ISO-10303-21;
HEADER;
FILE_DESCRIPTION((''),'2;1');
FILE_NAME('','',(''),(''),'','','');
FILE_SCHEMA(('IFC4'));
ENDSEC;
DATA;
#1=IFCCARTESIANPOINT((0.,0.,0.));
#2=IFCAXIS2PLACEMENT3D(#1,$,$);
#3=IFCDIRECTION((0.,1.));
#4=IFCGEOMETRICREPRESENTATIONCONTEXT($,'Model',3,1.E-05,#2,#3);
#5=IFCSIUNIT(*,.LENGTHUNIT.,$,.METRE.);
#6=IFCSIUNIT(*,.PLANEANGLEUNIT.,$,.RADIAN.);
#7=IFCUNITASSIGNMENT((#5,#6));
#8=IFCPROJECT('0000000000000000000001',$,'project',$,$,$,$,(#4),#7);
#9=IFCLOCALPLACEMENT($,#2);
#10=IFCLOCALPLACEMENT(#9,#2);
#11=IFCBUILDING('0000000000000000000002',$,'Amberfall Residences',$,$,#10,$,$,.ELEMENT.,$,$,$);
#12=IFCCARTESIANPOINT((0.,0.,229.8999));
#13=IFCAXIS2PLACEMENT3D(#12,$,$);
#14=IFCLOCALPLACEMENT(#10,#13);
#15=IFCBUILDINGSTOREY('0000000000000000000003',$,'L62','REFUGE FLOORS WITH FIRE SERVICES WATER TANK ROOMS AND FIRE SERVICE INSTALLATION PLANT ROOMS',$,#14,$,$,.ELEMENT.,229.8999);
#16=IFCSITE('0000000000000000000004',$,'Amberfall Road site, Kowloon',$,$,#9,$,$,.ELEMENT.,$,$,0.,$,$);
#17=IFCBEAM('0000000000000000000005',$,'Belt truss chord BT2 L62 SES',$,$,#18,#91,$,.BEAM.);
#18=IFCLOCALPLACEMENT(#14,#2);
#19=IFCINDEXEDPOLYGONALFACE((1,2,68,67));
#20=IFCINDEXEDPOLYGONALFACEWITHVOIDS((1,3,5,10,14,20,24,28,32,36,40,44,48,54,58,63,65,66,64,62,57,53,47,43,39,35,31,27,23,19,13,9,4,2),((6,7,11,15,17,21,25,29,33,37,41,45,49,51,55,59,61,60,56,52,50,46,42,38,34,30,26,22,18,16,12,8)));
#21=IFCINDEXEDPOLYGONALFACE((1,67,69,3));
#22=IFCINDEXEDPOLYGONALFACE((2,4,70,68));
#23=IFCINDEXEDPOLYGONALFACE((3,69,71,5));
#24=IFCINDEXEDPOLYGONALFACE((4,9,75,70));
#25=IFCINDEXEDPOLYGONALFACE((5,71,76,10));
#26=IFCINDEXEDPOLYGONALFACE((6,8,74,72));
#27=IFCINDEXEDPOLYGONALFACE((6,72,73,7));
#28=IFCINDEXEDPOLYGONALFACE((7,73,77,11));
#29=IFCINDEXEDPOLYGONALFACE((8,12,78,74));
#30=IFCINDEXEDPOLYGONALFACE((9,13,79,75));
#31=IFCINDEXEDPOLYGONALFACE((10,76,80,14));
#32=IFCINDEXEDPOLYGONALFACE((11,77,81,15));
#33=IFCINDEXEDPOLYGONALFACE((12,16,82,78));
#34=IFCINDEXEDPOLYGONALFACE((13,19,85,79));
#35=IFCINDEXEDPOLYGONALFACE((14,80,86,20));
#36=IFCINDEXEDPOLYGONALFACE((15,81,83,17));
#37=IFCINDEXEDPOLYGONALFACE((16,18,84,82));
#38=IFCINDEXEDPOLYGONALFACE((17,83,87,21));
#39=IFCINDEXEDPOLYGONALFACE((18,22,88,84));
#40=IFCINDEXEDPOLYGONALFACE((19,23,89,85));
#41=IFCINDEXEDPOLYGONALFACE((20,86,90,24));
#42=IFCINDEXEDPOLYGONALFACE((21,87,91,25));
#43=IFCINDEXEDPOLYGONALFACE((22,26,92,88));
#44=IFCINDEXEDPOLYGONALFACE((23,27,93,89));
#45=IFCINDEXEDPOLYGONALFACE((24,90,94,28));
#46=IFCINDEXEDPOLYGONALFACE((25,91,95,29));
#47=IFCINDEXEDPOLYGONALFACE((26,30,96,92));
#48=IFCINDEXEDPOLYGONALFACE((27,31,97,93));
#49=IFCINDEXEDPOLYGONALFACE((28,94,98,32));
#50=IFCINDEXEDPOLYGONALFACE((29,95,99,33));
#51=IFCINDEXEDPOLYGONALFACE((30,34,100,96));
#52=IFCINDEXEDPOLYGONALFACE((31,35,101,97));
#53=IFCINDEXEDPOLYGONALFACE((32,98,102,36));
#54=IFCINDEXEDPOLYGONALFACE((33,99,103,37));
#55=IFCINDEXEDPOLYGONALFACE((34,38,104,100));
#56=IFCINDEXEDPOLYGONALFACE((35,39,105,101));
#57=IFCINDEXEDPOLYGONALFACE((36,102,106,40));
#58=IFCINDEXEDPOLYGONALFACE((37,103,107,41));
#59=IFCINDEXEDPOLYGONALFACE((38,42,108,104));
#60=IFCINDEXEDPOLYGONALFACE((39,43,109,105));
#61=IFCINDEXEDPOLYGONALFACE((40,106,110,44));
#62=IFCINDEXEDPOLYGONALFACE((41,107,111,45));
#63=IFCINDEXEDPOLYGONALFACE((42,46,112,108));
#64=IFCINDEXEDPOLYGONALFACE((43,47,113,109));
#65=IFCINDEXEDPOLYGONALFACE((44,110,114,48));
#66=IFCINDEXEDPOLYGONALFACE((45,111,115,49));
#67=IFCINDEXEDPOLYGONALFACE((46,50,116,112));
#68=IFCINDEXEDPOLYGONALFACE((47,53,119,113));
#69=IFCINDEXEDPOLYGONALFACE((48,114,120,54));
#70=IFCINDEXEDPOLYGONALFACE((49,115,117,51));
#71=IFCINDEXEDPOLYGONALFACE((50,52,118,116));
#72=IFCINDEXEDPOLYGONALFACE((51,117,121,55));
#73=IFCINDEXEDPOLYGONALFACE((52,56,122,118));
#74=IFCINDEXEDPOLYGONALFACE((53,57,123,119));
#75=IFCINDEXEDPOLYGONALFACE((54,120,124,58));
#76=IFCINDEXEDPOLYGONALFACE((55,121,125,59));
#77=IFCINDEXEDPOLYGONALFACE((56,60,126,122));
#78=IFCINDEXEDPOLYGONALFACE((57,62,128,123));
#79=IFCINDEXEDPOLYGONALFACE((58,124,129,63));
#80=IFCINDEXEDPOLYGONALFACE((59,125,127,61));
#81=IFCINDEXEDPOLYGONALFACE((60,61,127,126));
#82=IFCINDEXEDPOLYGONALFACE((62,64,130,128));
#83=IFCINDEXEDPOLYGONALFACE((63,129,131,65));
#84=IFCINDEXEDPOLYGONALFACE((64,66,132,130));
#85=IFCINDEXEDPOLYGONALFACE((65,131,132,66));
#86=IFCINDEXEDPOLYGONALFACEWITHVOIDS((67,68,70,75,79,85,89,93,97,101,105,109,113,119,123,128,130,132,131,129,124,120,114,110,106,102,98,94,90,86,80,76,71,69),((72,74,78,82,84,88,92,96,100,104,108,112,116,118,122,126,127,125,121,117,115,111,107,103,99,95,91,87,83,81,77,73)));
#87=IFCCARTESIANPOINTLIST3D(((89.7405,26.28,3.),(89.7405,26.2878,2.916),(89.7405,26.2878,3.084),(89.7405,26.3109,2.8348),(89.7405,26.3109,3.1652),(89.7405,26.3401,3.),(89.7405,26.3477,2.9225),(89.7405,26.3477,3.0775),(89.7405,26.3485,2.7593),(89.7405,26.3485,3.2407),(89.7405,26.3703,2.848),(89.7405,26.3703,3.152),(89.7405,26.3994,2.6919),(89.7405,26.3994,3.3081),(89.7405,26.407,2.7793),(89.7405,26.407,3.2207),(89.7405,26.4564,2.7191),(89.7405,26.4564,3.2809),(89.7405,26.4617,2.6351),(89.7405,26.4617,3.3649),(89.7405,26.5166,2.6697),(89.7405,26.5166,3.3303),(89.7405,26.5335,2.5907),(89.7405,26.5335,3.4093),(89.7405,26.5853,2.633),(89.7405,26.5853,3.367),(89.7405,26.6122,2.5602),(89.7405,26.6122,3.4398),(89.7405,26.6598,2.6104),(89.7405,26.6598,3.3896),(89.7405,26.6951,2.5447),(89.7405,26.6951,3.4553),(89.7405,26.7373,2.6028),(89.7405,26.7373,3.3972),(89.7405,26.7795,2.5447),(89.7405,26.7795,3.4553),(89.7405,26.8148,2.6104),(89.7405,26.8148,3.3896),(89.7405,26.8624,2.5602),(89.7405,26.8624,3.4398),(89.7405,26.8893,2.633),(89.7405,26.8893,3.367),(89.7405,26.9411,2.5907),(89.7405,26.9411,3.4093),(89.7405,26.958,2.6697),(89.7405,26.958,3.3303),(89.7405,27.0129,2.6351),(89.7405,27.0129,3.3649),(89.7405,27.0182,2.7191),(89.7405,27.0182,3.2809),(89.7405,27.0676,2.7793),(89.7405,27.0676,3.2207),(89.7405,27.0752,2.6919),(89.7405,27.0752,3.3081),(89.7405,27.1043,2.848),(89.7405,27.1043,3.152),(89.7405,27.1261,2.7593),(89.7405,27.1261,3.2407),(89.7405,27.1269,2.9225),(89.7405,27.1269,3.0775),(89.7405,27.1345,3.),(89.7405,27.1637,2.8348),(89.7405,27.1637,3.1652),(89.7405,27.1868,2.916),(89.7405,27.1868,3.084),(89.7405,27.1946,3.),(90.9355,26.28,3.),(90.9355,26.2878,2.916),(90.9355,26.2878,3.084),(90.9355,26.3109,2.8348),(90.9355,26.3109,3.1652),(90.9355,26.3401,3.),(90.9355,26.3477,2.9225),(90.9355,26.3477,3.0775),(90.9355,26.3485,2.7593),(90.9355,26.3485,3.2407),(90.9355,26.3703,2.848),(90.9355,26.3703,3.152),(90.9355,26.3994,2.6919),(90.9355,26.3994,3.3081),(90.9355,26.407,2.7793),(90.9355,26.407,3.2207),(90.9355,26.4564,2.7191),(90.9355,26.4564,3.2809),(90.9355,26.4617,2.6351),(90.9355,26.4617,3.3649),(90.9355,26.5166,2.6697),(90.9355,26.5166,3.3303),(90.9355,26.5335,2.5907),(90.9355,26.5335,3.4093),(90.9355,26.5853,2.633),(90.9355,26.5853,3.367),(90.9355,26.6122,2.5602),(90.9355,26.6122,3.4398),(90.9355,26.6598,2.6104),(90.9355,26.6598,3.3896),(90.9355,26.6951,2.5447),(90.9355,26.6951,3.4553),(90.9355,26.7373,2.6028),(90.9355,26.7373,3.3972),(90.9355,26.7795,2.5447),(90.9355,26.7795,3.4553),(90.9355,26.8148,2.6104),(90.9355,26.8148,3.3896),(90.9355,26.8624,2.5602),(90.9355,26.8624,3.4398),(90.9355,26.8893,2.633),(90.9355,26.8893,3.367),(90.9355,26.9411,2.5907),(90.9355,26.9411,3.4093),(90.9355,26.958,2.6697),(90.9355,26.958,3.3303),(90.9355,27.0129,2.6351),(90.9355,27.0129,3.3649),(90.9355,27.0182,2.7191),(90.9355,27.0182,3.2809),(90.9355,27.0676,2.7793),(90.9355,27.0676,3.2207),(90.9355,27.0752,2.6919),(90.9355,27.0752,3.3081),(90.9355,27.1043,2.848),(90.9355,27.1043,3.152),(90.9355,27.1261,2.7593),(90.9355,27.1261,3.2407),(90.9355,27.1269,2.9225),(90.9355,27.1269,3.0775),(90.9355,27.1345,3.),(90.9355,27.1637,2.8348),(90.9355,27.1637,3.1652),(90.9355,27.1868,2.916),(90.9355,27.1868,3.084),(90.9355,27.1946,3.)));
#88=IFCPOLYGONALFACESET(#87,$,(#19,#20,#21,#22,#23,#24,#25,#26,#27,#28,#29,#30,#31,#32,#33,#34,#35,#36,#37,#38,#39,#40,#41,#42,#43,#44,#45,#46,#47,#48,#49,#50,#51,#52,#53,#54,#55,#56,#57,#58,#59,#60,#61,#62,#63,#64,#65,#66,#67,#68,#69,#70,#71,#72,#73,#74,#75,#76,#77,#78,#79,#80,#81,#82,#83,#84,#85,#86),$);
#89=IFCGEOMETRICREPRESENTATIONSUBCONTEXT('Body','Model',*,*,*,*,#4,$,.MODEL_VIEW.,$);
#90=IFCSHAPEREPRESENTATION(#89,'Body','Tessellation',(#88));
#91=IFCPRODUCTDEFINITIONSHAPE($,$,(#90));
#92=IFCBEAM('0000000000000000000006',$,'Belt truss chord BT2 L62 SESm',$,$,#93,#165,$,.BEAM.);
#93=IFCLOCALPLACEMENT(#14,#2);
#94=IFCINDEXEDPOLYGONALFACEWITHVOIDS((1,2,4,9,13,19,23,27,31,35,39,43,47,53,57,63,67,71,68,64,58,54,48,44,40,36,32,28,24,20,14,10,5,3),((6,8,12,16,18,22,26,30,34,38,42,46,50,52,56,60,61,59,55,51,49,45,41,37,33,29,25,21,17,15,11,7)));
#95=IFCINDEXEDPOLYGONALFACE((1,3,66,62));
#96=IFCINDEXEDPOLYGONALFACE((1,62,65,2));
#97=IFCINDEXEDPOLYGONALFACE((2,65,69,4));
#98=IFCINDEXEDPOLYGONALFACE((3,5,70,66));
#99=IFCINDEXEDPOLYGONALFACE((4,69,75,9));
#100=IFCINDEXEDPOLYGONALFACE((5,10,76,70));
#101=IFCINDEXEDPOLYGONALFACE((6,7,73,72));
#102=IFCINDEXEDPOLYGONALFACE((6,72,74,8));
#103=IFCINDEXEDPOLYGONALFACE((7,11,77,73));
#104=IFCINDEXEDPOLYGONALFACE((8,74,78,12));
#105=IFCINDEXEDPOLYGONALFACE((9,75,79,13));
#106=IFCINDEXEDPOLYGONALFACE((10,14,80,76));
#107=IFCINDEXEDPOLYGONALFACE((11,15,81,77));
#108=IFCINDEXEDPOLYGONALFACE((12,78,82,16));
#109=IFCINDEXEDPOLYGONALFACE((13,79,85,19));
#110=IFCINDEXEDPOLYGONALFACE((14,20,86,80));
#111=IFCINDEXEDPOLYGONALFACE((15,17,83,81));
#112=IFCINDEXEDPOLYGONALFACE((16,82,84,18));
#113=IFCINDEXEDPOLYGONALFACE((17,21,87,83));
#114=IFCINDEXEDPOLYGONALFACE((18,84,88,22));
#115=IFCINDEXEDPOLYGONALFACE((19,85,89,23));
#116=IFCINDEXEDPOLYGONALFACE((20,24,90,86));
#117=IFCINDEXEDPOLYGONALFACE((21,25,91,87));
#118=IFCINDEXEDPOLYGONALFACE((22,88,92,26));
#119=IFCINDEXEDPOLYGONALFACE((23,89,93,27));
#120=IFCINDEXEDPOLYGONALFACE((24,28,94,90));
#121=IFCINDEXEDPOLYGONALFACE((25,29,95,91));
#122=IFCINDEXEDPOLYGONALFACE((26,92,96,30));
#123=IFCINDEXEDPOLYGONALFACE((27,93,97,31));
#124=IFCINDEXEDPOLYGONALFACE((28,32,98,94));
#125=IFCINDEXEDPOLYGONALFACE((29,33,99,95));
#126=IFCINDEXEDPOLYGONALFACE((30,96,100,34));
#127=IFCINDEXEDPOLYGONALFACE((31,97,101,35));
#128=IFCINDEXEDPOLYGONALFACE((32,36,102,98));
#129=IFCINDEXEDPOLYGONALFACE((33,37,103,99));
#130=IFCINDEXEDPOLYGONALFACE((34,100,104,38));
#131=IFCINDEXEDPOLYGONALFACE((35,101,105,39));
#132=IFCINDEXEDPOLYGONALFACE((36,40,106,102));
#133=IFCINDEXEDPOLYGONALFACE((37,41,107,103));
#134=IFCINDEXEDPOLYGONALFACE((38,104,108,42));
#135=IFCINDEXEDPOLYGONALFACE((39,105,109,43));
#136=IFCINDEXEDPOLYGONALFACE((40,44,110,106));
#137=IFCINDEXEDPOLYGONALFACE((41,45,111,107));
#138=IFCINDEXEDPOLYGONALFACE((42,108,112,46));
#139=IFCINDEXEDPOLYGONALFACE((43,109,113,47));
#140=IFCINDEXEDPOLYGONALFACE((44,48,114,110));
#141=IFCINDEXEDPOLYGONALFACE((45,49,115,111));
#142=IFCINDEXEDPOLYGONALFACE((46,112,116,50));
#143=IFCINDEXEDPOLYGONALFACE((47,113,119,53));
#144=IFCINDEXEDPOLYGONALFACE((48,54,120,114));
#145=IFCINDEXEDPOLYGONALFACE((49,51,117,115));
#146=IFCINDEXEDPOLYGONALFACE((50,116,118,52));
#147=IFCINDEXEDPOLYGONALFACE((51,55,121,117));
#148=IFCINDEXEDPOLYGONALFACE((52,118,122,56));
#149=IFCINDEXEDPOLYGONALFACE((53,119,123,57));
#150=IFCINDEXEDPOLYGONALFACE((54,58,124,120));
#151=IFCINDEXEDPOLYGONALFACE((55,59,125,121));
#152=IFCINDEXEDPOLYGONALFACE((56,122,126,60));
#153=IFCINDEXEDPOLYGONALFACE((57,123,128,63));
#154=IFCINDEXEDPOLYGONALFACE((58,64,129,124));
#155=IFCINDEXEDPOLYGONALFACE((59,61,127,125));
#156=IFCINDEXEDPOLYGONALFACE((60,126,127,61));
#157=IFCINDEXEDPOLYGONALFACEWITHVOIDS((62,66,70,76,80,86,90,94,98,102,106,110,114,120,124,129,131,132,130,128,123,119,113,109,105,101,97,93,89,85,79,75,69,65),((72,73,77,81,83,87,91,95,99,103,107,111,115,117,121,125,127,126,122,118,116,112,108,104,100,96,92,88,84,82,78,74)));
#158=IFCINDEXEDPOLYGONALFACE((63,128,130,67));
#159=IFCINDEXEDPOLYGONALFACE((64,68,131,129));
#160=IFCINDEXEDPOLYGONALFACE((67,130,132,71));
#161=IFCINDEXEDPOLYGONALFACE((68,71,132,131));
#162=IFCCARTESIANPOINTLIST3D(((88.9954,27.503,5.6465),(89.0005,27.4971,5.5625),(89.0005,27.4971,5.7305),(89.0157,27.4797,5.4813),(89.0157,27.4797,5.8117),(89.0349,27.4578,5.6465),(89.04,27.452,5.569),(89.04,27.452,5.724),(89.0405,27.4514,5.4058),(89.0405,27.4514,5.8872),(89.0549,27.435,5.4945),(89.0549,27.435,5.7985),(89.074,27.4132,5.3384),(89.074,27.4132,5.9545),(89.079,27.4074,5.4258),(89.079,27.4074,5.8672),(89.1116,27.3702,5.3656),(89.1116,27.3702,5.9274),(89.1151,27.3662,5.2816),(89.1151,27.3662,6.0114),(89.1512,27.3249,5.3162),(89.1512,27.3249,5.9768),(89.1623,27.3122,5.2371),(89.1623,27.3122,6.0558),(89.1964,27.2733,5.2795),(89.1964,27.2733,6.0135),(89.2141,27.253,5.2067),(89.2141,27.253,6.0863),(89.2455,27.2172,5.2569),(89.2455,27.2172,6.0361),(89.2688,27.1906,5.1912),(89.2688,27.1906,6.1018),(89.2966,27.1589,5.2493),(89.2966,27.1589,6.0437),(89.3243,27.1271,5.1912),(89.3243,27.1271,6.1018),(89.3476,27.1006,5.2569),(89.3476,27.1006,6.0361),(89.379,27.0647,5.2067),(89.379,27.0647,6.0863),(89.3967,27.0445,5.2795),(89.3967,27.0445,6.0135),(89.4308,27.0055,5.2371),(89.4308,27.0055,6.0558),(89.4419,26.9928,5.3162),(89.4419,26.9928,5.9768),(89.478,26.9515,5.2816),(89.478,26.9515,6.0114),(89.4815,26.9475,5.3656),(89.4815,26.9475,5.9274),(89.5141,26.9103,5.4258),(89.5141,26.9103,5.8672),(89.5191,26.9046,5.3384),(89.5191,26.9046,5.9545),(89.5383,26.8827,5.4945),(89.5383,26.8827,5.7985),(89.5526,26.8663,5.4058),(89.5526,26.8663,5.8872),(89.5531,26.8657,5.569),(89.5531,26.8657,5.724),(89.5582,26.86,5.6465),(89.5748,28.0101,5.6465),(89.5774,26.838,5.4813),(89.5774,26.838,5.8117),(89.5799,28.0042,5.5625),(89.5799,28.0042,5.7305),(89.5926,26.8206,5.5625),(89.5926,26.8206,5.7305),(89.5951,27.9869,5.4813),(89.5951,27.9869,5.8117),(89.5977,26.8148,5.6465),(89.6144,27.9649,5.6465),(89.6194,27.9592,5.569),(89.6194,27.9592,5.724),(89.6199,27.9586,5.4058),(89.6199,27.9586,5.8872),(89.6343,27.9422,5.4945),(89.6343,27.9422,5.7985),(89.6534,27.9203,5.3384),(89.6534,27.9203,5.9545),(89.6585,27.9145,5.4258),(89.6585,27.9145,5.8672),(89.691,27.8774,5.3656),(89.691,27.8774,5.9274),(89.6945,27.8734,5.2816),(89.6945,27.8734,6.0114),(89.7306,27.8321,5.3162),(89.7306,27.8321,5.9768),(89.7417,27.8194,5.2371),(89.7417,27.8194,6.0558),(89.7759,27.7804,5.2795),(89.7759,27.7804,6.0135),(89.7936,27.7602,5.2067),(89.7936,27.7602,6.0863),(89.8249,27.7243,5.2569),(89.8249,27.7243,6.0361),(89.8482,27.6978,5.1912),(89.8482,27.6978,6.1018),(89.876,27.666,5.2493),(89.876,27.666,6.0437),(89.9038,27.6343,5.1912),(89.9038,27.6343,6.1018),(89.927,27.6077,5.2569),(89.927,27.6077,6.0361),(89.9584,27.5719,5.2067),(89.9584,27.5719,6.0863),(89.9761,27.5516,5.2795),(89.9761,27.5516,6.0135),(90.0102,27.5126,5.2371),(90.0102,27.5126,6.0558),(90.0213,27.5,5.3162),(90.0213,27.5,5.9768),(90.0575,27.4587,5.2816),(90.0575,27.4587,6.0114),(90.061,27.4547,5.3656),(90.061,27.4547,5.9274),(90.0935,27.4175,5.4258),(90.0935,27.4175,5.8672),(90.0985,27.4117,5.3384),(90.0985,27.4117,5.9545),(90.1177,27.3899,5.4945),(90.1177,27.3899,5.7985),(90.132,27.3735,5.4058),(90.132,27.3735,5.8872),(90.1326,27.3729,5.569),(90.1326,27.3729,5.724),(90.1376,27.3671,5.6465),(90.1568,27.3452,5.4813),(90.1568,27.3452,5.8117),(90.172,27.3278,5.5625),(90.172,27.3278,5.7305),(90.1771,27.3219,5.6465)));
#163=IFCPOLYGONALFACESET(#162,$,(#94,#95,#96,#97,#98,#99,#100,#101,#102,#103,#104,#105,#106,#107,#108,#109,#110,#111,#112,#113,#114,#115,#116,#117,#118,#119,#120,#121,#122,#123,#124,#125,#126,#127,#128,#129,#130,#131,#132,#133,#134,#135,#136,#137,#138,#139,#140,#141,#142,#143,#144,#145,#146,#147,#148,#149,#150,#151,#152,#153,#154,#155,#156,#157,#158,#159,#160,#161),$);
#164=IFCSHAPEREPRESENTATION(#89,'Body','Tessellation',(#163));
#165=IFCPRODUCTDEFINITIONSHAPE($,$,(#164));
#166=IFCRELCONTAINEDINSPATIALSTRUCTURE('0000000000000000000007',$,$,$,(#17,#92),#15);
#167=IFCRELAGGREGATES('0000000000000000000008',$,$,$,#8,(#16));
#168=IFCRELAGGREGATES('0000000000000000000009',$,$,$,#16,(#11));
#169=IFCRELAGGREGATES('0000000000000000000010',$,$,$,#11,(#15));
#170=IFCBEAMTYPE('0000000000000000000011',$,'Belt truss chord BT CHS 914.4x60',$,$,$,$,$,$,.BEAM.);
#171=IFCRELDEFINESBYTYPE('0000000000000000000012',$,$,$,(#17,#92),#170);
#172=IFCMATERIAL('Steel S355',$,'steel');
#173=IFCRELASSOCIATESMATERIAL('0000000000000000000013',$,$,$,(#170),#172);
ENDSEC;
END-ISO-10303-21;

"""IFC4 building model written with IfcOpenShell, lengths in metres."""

from ifc_helpers import new_model, si_unit, direction, frame, origin, origin_2d, place, context, subcontext, project, spatial, hollow_circle, extrude, material, material_profile, profile_set, type_object, element, save


model = new_model("IFC4")

# Units and contexts
model_context = context("Model", 3, precision=1e-05, world=origin(), true_north=direction((0.0, 1.0)))
body_context = subcontext(model_context, "Body", "Model", "MODEL_VIEW")
ifc_project = project(units=[si_unit("LENGTHUNIT", "METRE"), si_unit("PLANEANGLEUNIT", "RADIAN")], contexts=[model_context])

# Site, building, storey
site_placement = place(None, origin())
site = spatial("IfcSite", under=ifc_project, at=site_placement, Name="Amberfall Road site, Kowloon", CompositionType="ELEMENT", RefElevation=0.0)
building_placement = place(site_placement, origin())
building = spatial("IfcBuilding", under=site, at=building_placement, Name="Amberfall Residences", CompositionType="ELEMENT")
storey_placement = place(building_placement, frame((0.0, 0.0, 229.8999)))
storey = spatial("IfcBuildingStorey", under=building, at=storey_placement, Name="L62", Description="REFUGE FLOORS WITH FIRE SERVICES WATER TANK ROOMS AND FIRE SERVICE INSTALLATION PLANT ROOMS", CompositionType="ELEMENT", Elevation=229.8999)

# Beams
ifc_material = material(Name="Steel S355", Category="steel")
ifc_material_profile_1 = material_profile(ifc_material, hollow_circle(Radius=0.4573, WallThickness=0.0601, at=origin_2d()), Name="CHS 914.4x60")
ifc_profile_set_1 = profile_set([ifc_material_profile_1], Name="Steel S355")
beam_type_1 = type_object("IfcBeamType", Name="Belt truss chord BT CHS 914.4x60", PredefinedType="BEAM", material=ifc_profile_set_1)
beam_1_placement = place(storey_placement, frame((90.9355, 26.7373, 3.0), z_axis=(-1.0, 0.0, 0.0), x_axis=(0.0, -1.0, 0.0)))
element("IfcBeam", 1, at=beam_1_placement, inside=storey, type_object=beam_type_1, Name="Belt truss chord BT2 L62 SES", PredefinedType="BEAM", context=body_context, shape_type="SweptSolid", body=[
    extrude(hollow_circle(Radius=0.4573, WallThickness=0.0601, at=origin_2d()), origin(), (0.0, 0.0, 1.0), 1.1951),
])
beam_2_placement = place(storey_placement, frame((89.876, 27.666, 5.6465), z_axis=(-0.752478, -0.658617, 0.0), x_axis=(0.658617, -0.752478, 0.0)))
element("IfcBeam", 2, at=beam_2_placement, inside=storey, type_object=beam_type_1, Name="Belt truss chord BT2 L62 SESm", PredefinedType="BEAM", context=body_context, shape_type="SweptSolid", body=[
    extrude(hollow_circle(Radius=0.4573, WallThickness=0.0601, at=origin_2d()), origin(), (0.0, 0.0, 1.0), 0.77),
])

save(model, "model.ifc")
